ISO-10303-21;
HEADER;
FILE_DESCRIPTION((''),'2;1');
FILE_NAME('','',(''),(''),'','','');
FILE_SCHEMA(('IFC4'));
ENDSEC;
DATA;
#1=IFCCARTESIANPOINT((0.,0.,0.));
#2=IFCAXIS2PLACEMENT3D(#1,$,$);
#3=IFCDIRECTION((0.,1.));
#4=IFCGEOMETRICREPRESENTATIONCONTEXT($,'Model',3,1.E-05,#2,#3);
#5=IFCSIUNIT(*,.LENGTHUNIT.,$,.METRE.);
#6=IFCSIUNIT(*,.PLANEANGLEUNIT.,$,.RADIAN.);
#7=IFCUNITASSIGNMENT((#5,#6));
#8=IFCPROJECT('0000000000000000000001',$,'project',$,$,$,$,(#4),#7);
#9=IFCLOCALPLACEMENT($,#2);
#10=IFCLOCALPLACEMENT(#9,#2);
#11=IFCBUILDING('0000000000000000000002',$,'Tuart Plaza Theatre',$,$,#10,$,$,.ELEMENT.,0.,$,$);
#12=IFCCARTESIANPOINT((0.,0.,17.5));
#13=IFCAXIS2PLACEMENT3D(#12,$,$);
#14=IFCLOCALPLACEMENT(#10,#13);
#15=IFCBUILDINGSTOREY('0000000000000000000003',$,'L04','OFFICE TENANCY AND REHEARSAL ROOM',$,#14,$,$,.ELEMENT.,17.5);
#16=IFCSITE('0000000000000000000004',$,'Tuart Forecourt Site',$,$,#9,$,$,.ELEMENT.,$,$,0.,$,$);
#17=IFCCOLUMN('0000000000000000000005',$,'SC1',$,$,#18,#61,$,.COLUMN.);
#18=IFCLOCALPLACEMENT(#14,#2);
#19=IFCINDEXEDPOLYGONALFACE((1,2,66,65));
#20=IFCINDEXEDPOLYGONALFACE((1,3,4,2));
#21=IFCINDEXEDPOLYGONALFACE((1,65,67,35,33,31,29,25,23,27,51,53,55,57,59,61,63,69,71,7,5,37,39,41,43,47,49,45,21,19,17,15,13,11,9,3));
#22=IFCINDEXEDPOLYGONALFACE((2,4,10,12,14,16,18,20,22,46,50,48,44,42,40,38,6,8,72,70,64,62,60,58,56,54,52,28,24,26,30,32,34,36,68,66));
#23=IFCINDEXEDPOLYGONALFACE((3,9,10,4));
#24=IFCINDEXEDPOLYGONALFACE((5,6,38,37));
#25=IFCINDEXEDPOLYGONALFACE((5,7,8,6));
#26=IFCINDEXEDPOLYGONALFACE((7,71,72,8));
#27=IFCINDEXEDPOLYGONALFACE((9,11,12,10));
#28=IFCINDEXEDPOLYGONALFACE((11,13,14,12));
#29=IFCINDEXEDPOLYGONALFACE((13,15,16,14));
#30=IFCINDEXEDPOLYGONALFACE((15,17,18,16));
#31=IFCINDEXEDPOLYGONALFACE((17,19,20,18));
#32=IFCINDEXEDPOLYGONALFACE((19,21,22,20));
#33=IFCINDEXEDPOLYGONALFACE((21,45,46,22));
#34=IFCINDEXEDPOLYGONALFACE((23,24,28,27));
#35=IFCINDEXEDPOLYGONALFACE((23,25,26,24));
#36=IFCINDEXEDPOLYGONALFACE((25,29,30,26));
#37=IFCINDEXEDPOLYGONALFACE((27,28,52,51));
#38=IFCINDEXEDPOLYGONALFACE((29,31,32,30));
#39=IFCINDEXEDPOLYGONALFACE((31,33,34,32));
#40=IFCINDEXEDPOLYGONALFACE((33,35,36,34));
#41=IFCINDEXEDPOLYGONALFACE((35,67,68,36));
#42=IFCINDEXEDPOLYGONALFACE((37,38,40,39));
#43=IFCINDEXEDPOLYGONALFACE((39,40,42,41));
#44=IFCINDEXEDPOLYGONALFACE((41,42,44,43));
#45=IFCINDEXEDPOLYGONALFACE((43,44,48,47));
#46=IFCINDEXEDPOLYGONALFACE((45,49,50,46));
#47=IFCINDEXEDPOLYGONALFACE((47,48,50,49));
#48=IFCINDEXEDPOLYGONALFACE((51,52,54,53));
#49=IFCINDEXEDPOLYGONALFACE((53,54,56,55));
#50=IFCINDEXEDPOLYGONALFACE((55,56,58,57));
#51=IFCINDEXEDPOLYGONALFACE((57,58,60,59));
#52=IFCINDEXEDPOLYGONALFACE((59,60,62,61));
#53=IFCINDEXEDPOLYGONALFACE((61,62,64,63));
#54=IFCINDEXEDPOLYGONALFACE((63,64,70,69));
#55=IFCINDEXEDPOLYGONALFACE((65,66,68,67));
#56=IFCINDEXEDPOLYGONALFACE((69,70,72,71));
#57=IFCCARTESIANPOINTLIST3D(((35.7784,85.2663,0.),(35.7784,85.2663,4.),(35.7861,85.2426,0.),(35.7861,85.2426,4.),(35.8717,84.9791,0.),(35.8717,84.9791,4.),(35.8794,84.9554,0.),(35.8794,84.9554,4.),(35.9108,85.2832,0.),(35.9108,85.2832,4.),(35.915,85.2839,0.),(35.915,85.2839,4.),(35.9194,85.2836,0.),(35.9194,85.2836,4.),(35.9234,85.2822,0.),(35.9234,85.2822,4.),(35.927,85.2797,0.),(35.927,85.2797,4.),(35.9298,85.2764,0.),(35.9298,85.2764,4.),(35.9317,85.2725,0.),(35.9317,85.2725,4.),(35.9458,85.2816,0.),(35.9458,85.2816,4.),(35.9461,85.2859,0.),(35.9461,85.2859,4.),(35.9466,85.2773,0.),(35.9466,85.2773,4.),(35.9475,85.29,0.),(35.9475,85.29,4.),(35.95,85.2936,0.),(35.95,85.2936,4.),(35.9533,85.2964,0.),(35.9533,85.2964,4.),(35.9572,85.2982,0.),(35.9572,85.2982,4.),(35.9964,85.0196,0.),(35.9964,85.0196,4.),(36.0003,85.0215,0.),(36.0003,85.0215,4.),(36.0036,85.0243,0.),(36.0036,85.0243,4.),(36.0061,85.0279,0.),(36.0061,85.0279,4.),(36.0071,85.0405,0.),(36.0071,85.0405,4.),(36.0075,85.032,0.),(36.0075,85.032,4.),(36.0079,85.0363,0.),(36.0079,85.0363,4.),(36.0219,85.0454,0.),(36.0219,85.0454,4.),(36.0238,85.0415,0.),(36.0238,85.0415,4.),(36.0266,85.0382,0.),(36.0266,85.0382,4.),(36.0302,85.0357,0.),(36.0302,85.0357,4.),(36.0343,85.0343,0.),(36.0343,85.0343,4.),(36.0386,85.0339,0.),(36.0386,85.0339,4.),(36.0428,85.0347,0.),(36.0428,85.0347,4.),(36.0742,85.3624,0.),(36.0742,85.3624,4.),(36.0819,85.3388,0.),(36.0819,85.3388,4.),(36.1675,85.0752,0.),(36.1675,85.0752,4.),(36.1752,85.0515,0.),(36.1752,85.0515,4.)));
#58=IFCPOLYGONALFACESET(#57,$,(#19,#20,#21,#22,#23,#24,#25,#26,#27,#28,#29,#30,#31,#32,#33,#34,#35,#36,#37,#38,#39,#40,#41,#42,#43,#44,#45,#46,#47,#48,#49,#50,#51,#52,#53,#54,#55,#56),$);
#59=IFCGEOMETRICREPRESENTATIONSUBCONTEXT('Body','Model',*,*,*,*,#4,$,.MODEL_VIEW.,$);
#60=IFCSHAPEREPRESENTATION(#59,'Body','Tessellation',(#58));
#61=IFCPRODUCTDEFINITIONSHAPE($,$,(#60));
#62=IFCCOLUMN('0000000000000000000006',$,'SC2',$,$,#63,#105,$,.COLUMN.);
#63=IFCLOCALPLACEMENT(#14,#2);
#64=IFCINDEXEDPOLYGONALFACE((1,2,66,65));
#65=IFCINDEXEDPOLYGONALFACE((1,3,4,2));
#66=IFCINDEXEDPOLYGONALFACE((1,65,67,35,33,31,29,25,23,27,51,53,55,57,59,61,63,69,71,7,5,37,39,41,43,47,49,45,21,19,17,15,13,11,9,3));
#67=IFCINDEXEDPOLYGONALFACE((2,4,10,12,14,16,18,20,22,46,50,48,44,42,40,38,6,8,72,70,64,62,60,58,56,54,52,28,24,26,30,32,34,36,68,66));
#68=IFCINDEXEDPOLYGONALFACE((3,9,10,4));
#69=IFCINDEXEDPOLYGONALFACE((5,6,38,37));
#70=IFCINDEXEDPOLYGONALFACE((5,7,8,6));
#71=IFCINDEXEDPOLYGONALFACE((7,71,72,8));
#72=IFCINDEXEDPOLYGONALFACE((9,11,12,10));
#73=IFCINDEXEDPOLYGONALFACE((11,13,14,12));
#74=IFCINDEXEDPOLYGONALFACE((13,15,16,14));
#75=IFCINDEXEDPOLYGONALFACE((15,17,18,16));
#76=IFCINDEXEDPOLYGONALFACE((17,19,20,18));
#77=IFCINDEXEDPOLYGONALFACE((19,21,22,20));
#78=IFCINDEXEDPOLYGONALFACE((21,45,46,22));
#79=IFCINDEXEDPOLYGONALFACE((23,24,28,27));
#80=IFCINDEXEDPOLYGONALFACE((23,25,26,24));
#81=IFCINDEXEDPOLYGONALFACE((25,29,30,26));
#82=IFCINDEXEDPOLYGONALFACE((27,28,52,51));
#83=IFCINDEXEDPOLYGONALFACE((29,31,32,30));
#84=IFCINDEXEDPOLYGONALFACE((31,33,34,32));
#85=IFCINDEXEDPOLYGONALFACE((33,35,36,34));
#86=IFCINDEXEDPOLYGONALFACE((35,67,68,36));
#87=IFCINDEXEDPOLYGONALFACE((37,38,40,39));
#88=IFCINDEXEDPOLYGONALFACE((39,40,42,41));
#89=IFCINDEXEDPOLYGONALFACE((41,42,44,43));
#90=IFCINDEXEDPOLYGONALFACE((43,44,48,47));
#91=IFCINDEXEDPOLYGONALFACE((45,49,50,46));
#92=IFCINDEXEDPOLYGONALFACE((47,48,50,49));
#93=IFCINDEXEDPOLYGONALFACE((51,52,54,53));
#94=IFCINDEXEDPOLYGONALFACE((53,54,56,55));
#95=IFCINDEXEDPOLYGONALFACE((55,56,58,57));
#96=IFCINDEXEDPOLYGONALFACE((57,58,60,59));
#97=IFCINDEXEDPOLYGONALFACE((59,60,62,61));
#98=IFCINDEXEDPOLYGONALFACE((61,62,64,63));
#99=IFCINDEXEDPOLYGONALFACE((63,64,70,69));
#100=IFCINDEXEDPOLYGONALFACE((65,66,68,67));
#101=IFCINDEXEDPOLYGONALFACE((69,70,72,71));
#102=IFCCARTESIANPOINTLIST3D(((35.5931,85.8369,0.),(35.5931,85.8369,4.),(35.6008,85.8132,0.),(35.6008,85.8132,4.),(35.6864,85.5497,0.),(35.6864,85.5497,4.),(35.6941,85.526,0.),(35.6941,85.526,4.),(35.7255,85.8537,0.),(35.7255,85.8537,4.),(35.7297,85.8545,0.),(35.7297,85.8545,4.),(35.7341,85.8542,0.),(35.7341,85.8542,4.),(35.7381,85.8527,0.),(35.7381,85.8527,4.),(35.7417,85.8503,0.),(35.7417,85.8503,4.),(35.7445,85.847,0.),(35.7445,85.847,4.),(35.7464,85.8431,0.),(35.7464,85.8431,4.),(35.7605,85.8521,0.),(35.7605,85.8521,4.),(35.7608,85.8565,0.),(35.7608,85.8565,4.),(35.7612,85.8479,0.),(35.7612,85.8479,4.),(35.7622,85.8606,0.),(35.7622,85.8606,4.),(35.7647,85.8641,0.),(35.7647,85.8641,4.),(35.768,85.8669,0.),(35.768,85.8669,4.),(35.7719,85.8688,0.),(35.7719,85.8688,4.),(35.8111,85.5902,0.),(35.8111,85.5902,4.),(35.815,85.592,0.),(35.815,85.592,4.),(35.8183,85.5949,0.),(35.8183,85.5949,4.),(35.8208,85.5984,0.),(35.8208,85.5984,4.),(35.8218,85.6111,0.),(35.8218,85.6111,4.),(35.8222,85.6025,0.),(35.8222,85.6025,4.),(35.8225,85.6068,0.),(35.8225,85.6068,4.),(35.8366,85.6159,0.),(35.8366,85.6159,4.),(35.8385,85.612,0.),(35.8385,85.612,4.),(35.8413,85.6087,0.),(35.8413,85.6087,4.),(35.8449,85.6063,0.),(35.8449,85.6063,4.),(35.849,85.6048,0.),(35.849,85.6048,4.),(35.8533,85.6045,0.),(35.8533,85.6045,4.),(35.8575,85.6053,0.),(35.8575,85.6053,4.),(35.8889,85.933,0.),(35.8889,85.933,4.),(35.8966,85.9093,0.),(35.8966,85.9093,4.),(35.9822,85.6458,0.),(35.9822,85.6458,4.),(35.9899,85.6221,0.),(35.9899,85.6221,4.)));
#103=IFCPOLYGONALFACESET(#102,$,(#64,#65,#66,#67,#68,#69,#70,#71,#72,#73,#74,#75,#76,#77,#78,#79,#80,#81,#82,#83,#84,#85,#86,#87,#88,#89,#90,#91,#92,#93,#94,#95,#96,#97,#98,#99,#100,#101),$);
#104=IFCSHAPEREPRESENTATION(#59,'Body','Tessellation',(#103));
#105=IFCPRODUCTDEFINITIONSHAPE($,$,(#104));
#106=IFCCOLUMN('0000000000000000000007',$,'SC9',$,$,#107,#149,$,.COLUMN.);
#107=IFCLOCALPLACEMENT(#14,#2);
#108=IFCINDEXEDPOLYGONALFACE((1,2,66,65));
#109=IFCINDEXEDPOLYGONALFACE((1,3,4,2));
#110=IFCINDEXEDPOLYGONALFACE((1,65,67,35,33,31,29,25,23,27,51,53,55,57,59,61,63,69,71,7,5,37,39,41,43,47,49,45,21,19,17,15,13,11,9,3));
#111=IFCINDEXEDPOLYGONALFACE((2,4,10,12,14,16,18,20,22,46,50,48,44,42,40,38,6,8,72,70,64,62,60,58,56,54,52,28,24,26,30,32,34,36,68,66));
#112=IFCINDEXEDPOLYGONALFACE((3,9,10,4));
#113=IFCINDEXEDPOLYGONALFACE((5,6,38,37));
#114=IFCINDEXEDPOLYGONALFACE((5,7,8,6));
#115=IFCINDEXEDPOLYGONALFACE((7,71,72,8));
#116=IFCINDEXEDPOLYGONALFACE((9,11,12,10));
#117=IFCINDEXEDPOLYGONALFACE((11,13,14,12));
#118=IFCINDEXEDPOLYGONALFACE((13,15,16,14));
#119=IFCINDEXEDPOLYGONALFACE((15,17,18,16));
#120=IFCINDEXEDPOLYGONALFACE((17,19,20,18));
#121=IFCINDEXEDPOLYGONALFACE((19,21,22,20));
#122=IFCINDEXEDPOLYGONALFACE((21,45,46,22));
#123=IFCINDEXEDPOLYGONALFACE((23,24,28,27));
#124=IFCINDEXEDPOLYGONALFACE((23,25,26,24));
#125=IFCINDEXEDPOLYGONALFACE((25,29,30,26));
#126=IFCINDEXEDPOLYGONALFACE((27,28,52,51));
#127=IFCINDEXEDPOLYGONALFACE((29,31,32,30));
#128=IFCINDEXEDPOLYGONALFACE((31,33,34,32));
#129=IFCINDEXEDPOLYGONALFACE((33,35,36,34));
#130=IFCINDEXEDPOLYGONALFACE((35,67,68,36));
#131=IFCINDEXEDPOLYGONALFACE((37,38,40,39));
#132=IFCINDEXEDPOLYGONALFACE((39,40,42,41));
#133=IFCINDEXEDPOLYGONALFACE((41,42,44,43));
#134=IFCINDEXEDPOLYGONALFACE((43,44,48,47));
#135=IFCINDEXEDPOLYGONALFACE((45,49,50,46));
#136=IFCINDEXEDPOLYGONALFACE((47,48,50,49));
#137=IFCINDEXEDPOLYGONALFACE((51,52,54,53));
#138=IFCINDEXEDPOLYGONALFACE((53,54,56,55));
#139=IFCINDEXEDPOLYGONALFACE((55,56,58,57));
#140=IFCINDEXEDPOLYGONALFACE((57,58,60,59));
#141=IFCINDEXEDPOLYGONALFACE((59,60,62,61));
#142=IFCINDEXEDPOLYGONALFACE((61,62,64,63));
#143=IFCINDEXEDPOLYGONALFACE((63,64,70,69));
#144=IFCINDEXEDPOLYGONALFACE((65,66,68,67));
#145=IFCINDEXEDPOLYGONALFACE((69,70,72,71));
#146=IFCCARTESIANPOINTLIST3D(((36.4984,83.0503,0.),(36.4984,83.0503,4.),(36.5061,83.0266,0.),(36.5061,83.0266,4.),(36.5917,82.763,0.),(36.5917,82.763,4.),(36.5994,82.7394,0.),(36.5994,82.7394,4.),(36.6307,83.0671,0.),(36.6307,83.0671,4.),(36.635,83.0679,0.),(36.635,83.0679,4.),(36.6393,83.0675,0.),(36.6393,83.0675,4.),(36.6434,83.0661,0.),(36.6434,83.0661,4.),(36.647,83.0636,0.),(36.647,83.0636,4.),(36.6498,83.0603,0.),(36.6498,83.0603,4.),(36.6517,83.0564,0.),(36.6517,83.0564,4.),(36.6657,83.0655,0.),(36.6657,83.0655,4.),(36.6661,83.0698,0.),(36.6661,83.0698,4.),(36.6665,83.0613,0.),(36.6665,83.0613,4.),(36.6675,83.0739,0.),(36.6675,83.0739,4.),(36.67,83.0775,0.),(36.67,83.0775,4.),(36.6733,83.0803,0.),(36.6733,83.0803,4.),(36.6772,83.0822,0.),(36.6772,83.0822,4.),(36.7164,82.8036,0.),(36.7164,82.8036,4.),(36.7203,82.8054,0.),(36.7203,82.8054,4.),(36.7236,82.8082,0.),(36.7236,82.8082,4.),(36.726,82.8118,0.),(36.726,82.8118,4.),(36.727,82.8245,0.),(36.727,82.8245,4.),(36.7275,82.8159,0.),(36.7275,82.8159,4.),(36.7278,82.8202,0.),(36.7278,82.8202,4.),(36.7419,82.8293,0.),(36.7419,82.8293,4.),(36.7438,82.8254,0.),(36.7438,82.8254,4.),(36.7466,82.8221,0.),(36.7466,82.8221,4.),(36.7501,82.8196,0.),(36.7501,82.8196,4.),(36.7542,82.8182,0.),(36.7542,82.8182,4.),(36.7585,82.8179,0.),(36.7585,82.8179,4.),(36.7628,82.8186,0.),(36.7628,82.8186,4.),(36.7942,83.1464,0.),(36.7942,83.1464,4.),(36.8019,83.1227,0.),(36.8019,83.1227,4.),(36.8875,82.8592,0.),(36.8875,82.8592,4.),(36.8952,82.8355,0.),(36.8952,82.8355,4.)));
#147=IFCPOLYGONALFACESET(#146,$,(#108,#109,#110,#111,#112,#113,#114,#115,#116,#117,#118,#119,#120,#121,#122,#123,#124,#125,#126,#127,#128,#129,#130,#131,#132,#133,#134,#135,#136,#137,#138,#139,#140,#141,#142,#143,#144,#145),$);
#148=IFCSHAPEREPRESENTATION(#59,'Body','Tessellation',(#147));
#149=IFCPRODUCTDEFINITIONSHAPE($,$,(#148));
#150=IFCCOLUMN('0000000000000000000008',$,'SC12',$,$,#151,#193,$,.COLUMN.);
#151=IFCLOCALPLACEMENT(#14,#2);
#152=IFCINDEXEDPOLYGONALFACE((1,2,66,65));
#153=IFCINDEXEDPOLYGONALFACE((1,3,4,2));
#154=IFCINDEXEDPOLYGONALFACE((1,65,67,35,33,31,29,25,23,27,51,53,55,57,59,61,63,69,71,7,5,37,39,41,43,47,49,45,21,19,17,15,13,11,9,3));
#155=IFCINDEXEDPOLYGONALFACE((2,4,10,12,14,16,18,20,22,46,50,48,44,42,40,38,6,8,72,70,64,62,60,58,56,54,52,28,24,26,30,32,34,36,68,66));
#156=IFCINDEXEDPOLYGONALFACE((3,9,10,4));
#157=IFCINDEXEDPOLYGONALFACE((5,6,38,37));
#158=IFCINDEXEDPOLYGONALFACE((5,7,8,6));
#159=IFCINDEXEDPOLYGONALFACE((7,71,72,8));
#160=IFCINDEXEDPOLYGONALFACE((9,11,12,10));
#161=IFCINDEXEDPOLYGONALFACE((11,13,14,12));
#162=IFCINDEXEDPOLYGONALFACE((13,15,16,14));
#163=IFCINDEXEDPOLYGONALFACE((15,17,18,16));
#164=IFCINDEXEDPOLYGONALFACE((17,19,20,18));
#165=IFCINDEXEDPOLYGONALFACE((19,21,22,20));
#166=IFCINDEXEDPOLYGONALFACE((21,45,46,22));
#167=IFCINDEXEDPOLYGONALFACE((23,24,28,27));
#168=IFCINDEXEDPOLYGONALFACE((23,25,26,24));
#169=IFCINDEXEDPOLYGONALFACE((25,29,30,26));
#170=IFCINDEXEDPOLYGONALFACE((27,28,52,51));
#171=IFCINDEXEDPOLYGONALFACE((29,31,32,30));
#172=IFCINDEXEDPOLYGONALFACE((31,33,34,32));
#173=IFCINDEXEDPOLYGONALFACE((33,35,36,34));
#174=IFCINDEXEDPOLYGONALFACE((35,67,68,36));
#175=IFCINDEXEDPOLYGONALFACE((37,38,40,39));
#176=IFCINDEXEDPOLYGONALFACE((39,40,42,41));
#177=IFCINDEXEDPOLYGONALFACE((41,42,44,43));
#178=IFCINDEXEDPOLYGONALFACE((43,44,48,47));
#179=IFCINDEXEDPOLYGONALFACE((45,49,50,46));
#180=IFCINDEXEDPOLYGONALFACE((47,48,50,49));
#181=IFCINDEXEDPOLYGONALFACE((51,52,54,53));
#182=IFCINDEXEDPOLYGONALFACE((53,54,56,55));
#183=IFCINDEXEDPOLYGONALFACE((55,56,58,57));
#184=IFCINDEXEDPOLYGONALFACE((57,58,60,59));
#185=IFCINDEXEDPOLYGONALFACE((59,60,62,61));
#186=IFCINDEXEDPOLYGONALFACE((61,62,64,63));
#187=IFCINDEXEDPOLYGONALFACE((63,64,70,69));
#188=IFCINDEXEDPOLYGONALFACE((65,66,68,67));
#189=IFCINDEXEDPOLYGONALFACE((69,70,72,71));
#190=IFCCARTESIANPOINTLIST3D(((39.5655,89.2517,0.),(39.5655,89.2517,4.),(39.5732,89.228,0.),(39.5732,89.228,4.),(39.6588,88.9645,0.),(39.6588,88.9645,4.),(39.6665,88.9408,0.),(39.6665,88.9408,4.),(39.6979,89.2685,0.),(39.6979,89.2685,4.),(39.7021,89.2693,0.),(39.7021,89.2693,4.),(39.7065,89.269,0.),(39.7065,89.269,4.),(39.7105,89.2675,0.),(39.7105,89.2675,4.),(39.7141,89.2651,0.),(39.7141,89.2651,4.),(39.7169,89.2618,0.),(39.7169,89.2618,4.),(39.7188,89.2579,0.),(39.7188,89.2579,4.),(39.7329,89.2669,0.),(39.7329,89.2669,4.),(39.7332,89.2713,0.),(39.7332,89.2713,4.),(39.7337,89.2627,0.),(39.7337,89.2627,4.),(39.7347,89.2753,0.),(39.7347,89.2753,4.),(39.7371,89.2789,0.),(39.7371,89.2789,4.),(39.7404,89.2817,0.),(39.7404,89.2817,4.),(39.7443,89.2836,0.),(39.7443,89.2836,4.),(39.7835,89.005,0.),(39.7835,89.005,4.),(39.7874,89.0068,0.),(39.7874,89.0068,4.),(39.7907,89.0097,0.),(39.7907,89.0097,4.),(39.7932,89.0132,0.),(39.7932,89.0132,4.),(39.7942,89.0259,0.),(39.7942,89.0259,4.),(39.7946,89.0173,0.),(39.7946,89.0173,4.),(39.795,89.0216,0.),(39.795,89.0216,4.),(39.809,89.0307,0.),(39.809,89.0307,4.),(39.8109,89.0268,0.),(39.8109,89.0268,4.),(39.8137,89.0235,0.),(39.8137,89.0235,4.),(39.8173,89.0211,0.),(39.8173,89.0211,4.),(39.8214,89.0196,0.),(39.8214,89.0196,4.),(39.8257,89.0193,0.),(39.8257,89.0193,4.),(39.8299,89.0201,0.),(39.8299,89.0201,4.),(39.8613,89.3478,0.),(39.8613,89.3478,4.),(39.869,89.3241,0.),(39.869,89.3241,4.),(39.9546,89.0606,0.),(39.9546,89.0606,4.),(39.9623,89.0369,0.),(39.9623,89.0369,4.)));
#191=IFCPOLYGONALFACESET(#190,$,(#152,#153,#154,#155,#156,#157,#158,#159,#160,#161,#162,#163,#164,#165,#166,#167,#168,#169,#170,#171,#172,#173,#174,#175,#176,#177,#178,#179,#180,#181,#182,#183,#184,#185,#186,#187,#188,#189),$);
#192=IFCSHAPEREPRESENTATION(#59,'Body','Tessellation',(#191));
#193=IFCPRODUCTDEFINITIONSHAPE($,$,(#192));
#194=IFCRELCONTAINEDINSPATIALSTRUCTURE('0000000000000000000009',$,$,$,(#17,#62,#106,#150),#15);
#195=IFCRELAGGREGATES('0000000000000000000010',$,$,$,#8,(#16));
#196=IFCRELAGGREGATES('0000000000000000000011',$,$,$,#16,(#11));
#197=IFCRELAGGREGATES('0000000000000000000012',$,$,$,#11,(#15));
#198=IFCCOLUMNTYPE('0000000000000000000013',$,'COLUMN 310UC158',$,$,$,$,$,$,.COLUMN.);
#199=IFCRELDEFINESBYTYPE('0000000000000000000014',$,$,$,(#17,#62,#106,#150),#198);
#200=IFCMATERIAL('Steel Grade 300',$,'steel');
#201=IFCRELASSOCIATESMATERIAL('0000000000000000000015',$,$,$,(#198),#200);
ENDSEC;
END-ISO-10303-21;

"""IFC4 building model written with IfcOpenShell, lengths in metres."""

from ifc_helpers import new_model, si_unit, direction, frame, origin, origin_2d, place, context, subcontext, project, spatial, i_section, extrude, material, material_profile, profile_set, type_object, element, save


model = new_model("IFC4")

# Units and contexts
model_context = context("Model", 3, precision=1e-05, world=origin(), true_north=direction((0.0, 1.0)))
body_context = subcontext(model_context, "Body", "Model", "MODEL_VIEW")
ifc_project = project(units=[si_unit("LENGTHUNIT", "METRE"), si_unit("PLANEANGLEUNIT", "RADIAN")], contexts=[model_context])

# Site, building, storey
site_placement = place(None, origin())
site = spatial("IfcSite", under=ifc_project, at=site_placement, Name="Tuart Forecourt Site", CompositionType="ELEMENT", RefElevation=0.0)
building_placement = place(site_placement, origin())
building = spatial("IfcBuilding", under=site, at=building_placement, Name="Tuart Plaza Theatre", CompositionType="ELEMENT", ElevationOfRefHeight=0.0)
storey_placement = place(building_placement, frame((0.0, 0.0, 17.5)))
storey = spatial("IfcBuildingStorey", under=building, at=storey_placement, Name="L04", Description="OFFICE TENANCY AND REHEARSAL ROOM", CompositionType="ELEMENT", Elevation=17.5)

# Columns
ifc_material_1 = material(Name="Steel Grade 300", Category="steel")
ifc_material_profile_1 = material_profile(ifc_material_1, i_section(OverallWidth=0.311, OverallDepth=0.3269, WebThickness=0.0156, FlangeThickness=0.0249, FilletRadius=0.0166, at=origin_2d()), Name="310UC158")
ifc_profile_set_1 = profile_set([ifc_material_profile_1], Name="Steel Grade 300")
column_type = type_object("IfcColumnType", Name="COLUMN 310UC158", PredefinedType="COLUMN", material=ifc_profile_set_1)
for number, where, z_axis, x_axis, name in (
    (1, (35.9768, 85.1589, 0.0), (0.0, 0.0, 1.0), (0.951057, 0.309017, 0.0), "SC1"),
    (2, (35.7915, 85.7295, 0.0), (0.0, 0.0, 1.0), (0.951057, 0.309017, 0.0), "SC2"),
    (3, (36.6968, 82.9429, 0.0), (0.0, 0.0, 1.0), (0.951057, 0.309017, 0.0), "SC9"),
    (4, (39.7639, 89.1443, 0.0), (0.0, 0.0, 1.0), (0.951057, 0.309017, 0.0), "SC12"),
):
    element("IfcColumn", number, at=place(storey_placement, frame(where, z_axis=z_axis, x_axis=x_axis)), inside=storey, type_object=column_type, Name=name, PredefinedType="COLUMN", context=body_context, shape_type="SweptSolid", body=[
        extrude(i_section(OverallWidth=0.311, OverallDepth=0.3269, WebThickness=0.0156, FlangeThickness=0.0249, FilletRadius=0.0166, at=origin_2d()), origin(), (0.0, 0.0, 1.0), 4.0),
    ])

save(model, "model.ifc")
